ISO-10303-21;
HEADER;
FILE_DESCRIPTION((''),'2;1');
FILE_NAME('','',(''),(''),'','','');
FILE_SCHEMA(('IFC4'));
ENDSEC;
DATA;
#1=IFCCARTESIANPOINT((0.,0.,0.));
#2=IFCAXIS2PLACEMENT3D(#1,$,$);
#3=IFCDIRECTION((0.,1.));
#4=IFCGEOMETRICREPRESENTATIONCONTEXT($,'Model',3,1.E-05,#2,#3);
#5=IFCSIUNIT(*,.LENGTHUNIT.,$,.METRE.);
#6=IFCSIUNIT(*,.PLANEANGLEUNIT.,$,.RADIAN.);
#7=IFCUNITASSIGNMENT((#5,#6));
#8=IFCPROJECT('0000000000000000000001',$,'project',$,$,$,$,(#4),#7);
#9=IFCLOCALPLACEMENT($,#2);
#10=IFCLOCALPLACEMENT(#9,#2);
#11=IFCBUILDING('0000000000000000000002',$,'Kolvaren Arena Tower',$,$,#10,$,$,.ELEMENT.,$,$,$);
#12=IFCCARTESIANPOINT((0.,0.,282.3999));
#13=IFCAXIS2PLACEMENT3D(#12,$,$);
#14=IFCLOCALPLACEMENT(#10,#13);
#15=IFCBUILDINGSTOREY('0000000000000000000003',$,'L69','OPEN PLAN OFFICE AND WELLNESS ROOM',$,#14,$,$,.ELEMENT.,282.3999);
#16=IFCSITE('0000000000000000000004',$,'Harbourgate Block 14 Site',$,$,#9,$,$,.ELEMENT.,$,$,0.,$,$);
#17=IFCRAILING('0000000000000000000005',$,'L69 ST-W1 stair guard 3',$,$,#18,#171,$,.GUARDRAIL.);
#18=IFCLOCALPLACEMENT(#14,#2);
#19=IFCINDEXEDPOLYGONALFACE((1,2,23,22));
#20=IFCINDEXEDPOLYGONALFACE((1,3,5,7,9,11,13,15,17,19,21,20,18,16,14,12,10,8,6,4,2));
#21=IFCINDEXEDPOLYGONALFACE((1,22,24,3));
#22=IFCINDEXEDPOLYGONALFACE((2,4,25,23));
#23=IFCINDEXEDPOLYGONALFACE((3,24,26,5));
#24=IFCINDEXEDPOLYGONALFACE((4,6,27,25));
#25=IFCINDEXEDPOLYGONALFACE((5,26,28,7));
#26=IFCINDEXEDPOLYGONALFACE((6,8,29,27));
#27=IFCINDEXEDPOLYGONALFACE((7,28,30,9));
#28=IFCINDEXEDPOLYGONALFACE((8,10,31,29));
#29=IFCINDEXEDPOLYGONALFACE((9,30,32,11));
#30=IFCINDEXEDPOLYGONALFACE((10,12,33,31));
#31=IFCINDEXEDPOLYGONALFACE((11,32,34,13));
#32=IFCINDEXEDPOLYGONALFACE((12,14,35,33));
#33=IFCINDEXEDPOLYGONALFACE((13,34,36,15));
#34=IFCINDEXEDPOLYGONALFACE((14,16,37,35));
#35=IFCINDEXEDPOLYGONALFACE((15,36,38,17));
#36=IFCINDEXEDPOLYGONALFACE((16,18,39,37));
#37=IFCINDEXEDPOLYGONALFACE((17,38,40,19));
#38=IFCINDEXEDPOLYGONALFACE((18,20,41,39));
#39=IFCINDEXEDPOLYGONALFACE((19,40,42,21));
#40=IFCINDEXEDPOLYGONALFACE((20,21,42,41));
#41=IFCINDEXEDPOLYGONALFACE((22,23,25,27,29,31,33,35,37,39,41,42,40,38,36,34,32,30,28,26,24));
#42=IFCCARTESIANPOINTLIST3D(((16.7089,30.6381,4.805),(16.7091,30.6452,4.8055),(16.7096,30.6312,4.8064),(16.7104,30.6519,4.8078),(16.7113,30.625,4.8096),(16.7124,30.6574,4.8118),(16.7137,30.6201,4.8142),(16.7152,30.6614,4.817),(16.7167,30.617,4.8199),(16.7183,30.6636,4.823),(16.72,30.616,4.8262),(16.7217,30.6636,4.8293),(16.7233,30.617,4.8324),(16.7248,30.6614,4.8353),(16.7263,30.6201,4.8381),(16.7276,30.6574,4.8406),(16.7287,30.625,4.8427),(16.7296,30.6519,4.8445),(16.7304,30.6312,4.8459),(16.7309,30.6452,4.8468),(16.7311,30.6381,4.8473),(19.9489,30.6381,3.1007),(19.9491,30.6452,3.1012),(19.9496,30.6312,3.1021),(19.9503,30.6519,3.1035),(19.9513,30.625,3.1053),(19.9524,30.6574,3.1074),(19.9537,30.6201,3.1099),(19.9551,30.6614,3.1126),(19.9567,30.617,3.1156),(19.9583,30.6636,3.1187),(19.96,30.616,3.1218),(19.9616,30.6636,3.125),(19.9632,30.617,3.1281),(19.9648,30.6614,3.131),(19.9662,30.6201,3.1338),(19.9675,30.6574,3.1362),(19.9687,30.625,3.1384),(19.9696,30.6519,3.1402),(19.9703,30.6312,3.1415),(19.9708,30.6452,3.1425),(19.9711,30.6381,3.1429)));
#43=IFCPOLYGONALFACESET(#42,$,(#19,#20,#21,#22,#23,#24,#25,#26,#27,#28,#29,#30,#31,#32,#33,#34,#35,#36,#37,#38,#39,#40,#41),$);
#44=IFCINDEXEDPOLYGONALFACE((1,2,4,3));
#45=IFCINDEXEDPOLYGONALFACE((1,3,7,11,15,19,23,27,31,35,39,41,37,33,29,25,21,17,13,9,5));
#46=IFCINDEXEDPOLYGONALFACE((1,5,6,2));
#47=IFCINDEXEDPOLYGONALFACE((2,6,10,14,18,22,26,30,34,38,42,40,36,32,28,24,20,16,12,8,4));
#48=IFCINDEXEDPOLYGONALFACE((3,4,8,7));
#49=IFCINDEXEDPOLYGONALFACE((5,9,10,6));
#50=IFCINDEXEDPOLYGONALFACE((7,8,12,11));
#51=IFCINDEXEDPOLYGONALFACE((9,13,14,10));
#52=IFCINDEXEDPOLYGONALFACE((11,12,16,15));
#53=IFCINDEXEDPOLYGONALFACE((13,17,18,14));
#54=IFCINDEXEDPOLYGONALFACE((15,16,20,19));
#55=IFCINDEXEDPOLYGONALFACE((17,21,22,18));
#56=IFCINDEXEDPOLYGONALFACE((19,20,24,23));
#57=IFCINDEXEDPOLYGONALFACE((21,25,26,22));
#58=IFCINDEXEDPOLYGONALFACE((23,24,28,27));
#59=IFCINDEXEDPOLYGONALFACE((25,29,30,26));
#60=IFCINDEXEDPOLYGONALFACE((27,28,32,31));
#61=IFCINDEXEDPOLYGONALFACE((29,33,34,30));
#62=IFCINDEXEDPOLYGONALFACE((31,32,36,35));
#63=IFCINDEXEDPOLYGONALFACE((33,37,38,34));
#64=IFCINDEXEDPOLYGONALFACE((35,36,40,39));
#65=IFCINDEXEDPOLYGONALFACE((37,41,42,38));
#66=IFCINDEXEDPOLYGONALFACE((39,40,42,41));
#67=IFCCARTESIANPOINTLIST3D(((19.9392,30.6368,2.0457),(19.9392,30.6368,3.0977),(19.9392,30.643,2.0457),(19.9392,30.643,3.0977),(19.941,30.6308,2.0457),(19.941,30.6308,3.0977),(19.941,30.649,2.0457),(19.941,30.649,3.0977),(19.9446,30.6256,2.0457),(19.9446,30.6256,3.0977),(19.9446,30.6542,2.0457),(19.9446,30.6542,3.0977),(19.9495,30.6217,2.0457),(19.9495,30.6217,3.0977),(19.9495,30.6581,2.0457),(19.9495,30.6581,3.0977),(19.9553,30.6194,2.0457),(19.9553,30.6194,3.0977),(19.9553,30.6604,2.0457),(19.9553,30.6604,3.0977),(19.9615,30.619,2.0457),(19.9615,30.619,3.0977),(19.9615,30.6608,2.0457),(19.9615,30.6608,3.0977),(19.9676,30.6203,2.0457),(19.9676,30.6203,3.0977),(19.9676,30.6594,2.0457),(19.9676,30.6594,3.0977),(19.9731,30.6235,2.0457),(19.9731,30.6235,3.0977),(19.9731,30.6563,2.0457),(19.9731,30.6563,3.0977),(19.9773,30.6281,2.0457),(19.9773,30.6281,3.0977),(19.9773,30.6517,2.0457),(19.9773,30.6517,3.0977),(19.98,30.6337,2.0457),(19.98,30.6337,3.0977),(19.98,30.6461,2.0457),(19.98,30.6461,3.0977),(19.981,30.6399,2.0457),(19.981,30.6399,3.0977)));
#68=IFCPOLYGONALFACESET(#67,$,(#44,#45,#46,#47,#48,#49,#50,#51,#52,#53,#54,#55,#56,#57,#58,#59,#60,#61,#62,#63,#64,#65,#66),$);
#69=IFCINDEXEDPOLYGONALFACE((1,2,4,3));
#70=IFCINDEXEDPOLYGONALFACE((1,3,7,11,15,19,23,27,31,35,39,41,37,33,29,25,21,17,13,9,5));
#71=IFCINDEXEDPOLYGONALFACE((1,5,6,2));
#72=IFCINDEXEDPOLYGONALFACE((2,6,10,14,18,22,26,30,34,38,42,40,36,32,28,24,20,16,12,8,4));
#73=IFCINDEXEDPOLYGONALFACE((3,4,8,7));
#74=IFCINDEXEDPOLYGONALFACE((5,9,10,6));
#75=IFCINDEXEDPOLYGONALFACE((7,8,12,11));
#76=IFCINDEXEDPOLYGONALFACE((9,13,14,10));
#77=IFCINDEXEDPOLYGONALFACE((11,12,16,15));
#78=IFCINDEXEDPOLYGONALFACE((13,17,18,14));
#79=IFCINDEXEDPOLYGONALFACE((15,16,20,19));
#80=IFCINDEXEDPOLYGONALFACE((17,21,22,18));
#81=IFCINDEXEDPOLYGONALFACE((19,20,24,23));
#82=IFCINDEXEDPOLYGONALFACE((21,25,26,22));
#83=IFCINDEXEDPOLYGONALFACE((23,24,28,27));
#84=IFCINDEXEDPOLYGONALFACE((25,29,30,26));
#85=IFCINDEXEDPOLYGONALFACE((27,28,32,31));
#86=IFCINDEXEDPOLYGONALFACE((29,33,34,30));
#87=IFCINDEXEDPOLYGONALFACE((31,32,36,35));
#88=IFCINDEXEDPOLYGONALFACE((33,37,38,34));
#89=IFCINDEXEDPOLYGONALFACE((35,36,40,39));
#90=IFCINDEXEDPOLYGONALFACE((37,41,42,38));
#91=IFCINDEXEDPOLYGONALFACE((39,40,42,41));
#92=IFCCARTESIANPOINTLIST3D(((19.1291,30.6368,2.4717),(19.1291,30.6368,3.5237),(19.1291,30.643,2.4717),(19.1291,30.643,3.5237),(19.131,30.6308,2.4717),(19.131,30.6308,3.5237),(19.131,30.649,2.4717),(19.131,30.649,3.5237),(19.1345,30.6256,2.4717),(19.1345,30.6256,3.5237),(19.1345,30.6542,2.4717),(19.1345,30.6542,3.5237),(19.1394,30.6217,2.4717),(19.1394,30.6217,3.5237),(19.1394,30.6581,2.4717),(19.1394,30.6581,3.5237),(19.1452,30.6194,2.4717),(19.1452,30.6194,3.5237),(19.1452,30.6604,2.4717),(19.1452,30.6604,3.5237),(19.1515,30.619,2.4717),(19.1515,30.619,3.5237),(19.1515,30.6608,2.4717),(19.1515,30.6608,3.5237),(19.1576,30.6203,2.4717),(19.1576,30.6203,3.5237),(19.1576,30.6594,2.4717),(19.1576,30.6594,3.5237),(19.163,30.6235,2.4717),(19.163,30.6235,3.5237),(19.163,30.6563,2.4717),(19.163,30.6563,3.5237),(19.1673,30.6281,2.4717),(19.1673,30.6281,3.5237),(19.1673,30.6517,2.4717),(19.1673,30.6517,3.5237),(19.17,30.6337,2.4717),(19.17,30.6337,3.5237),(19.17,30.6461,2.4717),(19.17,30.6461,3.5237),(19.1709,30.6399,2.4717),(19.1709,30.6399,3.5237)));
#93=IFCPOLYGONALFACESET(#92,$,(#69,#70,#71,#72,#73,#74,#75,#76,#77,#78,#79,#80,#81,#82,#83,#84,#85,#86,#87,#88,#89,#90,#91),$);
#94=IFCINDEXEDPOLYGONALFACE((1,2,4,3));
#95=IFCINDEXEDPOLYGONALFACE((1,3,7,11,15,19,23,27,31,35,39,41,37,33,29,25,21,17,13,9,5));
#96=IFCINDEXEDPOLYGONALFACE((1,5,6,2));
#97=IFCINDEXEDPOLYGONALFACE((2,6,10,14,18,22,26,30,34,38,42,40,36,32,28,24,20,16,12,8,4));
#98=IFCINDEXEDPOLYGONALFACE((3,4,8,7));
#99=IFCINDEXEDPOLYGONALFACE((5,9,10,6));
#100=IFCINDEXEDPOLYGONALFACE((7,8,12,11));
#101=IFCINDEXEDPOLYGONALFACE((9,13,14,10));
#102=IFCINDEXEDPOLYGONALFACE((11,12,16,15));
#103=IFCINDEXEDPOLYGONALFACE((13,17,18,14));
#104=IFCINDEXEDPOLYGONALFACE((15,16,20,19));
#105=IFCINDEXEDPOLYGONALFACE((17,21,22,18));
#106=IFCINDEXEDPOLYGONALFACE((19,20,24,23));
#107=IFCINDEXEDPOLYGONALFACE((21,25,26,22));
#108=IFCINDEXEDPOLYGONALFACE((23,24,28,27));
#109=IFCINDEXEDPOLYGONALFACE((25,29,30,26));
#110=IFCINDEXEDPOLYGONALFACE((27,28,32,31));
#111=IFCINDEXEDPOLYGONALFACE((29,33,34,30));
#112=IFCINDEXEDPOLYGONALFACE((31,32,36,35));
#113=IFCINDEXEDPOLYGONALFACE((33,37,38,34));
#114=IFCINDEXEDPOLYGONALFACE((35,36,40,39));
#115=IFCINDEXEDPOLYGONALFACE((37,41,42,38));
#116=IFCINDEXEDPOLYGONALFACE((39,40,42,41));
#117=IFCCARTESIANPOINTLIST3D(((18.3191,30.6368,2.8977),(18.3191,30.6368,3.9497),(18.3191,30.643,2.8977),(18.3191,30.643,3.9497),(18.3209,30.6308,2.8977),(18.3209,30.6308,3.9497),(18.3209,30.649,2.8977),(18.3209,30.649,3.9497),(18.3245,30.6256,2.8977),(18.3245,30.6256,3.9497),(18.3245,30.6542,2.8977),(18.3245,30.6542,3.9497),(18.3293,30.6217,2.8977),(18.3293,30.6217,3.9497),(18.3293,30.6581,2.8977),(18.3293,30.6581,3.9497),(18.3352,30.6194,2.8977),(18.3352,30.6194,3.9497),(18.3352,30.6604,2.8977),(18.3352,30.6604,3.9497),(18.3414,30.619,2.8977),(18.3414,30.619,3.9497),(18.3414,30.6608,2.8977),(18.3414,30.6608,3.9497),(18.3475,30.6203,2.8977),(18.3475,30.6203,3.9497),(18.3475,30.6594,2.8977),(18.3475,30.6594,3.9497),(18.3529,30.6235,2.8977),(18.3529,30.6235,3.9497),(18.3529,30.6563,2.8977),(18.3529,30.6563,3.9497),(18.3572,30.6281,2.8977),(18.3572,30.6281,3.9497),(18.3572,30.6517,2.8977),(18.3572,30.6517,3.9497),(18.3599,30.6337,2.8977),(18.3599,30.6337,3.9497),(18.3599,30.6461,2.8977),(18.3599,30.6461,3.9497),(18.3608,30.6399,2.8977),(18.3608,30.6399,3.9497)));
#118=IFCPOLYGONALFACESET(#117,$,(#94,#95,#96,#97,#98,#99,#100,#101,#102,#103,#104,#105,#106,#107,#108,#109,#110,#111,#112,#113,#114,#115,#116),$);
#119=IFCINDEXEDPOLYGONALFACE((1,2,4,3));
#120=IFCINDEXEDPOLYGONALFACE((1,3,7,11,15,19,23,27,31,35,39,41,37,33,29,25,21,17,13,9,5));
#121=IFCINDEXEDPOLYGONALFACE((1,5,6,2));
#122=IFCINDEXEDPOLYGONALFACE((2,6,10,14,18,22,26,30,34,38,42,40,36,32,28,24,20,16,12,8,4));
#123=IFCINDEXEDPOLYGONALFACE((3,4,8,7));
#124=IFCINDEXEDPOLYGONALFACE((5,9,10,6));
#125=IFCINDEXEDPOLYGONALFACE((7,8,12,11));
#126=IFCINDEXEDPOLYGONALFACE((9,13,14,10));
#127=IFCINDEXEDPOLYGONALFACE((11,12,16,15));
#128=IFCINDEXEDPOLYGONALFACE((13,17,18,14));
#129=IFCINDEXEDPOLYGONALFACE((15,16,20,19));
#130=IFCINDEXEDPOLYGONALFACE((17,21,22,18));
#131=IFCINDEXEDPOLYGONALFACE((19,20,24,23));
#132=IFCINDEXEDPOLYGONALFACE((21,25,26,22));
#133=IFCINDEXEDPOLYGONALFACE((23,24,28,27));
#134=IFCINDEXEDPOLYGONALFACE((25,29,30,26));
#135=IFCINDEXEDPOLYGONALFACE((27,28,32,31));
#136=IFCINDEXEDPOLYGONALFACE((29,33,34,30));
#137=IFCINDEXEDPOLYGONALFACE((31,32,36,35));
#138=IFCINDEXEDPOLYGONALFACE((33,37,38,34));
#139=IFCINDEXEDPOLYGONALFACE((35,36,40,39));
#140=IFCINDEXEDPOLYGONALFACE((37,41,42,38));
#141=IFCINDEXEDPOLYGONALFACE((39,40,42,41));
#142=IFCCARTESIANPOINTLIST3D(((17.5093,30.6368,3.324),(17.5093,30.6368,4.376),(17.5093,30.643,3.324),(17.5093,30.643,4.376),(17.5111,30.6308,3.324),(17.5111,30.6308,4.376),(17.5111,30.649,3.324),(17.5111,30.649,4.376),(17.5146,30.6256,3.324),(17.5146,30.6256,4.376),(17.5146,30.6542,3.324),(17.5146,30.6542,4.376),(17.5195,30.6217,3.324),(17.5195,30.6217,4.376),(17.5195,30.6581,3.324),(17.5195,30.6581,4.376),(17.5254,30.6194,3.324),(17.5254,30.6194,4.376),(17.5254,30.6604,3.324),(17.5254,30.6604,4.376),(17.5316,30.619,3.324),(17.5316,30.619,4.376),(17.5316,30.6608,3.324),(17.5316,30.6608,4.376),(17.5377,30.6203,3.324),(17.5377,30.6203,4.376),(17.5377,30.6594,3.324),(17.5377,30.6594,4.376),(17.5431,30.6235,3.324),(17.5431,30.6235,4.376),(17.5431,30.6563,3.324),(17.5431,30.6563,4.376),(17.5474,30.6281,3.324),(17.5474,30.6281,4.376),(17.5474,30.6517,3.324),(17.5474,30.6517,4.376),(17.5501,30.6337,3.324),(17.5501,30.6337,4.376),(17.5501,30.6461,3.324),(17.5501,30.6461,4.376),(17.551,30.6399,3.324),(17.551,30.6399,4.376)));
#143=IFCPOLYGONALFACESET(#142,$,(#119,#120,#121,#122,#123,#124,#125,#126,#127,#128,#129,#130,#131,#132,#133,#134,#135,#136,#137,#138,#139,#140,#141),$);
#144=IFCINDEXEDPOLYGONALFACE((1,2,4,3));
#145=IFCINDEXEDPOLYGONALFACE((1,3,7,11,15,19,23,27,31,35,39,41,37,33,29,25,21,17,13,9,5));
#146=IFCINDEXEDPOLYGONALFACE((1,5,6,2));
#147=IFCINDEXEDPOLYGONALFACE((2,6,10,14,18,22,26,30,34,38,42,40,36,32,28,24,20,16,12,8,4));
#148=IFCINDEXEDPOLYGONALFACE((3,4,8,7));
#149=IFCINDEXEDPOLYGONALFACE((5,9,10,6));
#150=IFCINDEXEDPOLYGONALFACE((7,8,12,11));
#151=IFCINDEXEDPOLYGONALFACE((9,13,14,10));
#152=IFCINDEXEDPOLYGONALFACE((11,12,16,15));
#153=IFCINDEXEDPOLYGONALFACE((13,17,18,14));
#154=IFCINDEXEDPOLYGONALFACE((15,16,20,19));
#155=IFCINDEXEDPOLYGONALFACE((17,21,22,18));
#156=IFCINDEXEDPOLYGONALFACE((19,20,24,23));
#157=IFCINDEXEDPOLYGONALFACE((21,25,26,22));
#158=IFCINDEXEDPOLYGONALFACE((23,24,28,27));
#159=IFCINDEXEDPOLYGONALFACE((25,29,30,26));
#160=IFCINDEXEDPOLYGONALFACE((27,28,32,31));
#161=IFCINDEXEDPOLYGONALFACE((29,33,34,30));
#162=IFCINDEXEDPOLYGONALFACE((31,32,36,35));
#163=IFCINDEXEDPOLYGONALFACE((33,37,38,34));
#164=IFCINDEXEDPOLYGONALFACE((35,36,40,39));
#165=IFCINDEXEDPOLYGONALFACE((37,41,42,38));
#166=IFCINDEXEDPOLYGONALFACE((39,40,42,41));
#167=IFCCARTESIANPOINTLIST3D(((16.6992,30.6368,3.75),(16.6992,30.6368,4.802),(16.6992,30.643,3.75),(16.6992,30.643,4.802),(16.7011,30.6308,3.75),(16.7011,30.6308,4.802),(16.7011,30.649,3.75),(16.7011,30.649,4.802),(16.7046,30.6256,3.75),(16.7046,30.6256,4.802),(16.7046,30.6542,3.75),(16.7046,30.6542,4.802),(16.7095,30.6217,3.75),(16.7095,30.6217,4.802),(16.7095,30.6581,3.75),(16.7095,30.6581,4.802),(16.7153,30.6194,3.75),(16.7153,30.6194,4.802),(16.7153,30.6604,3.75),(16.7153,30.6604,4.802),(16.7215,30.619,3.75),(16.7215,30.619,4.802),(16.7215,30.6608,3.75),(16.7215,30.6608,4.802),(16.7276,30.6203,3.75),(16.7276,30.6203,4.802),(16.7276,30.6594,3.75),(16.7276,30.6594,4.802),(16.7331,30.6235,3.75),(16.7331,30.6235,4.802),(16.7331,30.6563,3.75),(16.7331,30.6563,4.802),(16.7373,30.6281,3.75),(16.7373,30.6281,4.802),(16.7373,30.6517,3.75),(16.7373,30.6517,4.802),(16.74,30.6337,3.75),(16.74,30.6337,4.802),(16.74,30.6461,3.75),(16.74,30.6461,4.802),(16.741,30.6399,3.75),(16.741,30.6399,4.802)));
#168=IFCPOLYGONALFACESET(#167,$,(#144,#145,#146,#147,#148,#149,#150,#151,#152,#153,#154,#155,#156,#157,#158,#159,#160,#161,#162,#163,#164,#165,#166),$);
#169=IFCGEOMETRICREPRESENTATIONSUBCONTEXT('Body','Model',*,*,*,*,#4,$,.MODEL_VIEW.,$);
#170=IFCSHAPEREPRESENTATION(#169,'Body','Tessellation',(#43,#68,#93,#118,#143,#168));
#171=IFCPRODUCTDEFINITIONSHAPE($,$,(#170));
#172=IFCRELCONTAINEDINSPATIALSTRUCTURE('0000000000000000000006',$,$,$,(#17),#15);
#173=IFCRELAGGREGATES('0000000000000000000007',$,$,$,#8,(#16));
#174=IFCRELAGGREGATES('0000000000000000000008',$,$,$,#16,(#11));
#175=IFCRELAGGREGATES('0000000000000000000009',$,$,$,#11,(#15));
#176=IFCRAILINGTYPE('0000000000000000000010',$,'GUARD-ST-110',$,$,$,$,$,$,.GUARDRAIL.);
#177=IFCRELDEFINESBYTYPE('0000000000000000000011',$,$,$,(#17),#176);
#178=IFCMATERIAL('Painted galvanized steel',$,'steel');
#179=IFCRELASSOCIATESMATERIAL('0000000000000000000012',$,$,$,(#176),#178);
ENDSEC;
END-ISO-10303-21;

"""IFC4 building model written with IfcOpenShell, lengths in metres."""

from ifc_helpers import new_model, si_unit, direction, frame, origin, origin_2d, place, context, subcontext, project, spatial, circle, extrude, material, type_object, element, save


model = new_model("IFC4")

# Units and contexts
model_context = context("Model", 3, precision=1e-05, world=origin(), true_north=direction((0.0, 1.0)))
body_context = subcontext(model_context, "Body", "Model", "MODEL_VIEW")
ifc_project = project(units=[si_unit("LENGTHUNIT", "METRE"), si_unit("PLANEANGLEUNIT", "RADIAN")], contexts=[model_context])

# Site, building, storey
site_placement = place(None, origin())
site = spatial("IfcSite", under=ifc_project, at=site_placement, Name="Harbourgate Block 14 Site", CompositionType="ELEMENT", RefElevation=0.0)
building_placement = place(site_placement, origin())
building = spatial("IfcBuilding", under=site, at=building_placement, Name="Kolvaren Arena Tower", CompositionType="ELEMENT")
storey_placement = place(building_placement, frame((0.0, 0.0, 282.3999)))
storey = spatial("IfcBuildingStorey", under=building, at=storey_placement, Name="L69", Description="OPEN PLAN OFFICE AND WELLNESS ROOM", CompositionType="ELEMENT", Elevation=282.3999)

# Railing
ifc_material_1 = material(Name="Painted galvanized steel", Category="steel")
railing_type_1 = type_object("IfcRailingType", Name="GUARD-ST-110", PredefinedType="GUARDRAIL", material=ifc_material_1)
railing_1_placement = place(storey_placement, frame((19.96, 30.6399, 2.0457)))
element("IfcRailing", 1, at=railing_1_placement, inside=storey, type_object=railing_type_1, Name="L69 ST-W1 stair guard 3", PredefinedType="GUARDRAIL", context=body_context, shape_type="SweptSolid", body=[
    extrude(circle(Radius=0.0239, at=origin_2d()), frame((0.0, 0.0, 1.0762), z_axis=(-0.885021, 0.0, 0.465551), x_axis=(0.0, -1.0, 0.0)), (0.0, 0.0, 1.0), 3.6609),
    extrude(circle(Radius=0.021, at=origin_2d()), origin(), (0.0, 0.0, 1.0), 1.052),
    extrude(circle(Radius=0.021, at=origin_2d()), frame((-0.8101, 0.0, 0.426)), (0.0, 0.0, 1.0), 1.052),
    extrude(circle(Radius=0.021, at=origin_2d()), frame((-1.6201, 0.0, 0.8521)), (0.0, 0.0, 1.0), 1.052),
    extrude(circle(Radius=0.021, at=origin_2d()), frame((-2.4299, 0.0, 1.2783)), (0.0, 0.0, 1.0), 1.052),
    extrude(circle(Radius=0.021, at=origin_2d()), frame((-3.24, 0.0, 1.7043)), (0.0, 0.0, 1.0), 1.052),
])

save(model, "model.ifc")
